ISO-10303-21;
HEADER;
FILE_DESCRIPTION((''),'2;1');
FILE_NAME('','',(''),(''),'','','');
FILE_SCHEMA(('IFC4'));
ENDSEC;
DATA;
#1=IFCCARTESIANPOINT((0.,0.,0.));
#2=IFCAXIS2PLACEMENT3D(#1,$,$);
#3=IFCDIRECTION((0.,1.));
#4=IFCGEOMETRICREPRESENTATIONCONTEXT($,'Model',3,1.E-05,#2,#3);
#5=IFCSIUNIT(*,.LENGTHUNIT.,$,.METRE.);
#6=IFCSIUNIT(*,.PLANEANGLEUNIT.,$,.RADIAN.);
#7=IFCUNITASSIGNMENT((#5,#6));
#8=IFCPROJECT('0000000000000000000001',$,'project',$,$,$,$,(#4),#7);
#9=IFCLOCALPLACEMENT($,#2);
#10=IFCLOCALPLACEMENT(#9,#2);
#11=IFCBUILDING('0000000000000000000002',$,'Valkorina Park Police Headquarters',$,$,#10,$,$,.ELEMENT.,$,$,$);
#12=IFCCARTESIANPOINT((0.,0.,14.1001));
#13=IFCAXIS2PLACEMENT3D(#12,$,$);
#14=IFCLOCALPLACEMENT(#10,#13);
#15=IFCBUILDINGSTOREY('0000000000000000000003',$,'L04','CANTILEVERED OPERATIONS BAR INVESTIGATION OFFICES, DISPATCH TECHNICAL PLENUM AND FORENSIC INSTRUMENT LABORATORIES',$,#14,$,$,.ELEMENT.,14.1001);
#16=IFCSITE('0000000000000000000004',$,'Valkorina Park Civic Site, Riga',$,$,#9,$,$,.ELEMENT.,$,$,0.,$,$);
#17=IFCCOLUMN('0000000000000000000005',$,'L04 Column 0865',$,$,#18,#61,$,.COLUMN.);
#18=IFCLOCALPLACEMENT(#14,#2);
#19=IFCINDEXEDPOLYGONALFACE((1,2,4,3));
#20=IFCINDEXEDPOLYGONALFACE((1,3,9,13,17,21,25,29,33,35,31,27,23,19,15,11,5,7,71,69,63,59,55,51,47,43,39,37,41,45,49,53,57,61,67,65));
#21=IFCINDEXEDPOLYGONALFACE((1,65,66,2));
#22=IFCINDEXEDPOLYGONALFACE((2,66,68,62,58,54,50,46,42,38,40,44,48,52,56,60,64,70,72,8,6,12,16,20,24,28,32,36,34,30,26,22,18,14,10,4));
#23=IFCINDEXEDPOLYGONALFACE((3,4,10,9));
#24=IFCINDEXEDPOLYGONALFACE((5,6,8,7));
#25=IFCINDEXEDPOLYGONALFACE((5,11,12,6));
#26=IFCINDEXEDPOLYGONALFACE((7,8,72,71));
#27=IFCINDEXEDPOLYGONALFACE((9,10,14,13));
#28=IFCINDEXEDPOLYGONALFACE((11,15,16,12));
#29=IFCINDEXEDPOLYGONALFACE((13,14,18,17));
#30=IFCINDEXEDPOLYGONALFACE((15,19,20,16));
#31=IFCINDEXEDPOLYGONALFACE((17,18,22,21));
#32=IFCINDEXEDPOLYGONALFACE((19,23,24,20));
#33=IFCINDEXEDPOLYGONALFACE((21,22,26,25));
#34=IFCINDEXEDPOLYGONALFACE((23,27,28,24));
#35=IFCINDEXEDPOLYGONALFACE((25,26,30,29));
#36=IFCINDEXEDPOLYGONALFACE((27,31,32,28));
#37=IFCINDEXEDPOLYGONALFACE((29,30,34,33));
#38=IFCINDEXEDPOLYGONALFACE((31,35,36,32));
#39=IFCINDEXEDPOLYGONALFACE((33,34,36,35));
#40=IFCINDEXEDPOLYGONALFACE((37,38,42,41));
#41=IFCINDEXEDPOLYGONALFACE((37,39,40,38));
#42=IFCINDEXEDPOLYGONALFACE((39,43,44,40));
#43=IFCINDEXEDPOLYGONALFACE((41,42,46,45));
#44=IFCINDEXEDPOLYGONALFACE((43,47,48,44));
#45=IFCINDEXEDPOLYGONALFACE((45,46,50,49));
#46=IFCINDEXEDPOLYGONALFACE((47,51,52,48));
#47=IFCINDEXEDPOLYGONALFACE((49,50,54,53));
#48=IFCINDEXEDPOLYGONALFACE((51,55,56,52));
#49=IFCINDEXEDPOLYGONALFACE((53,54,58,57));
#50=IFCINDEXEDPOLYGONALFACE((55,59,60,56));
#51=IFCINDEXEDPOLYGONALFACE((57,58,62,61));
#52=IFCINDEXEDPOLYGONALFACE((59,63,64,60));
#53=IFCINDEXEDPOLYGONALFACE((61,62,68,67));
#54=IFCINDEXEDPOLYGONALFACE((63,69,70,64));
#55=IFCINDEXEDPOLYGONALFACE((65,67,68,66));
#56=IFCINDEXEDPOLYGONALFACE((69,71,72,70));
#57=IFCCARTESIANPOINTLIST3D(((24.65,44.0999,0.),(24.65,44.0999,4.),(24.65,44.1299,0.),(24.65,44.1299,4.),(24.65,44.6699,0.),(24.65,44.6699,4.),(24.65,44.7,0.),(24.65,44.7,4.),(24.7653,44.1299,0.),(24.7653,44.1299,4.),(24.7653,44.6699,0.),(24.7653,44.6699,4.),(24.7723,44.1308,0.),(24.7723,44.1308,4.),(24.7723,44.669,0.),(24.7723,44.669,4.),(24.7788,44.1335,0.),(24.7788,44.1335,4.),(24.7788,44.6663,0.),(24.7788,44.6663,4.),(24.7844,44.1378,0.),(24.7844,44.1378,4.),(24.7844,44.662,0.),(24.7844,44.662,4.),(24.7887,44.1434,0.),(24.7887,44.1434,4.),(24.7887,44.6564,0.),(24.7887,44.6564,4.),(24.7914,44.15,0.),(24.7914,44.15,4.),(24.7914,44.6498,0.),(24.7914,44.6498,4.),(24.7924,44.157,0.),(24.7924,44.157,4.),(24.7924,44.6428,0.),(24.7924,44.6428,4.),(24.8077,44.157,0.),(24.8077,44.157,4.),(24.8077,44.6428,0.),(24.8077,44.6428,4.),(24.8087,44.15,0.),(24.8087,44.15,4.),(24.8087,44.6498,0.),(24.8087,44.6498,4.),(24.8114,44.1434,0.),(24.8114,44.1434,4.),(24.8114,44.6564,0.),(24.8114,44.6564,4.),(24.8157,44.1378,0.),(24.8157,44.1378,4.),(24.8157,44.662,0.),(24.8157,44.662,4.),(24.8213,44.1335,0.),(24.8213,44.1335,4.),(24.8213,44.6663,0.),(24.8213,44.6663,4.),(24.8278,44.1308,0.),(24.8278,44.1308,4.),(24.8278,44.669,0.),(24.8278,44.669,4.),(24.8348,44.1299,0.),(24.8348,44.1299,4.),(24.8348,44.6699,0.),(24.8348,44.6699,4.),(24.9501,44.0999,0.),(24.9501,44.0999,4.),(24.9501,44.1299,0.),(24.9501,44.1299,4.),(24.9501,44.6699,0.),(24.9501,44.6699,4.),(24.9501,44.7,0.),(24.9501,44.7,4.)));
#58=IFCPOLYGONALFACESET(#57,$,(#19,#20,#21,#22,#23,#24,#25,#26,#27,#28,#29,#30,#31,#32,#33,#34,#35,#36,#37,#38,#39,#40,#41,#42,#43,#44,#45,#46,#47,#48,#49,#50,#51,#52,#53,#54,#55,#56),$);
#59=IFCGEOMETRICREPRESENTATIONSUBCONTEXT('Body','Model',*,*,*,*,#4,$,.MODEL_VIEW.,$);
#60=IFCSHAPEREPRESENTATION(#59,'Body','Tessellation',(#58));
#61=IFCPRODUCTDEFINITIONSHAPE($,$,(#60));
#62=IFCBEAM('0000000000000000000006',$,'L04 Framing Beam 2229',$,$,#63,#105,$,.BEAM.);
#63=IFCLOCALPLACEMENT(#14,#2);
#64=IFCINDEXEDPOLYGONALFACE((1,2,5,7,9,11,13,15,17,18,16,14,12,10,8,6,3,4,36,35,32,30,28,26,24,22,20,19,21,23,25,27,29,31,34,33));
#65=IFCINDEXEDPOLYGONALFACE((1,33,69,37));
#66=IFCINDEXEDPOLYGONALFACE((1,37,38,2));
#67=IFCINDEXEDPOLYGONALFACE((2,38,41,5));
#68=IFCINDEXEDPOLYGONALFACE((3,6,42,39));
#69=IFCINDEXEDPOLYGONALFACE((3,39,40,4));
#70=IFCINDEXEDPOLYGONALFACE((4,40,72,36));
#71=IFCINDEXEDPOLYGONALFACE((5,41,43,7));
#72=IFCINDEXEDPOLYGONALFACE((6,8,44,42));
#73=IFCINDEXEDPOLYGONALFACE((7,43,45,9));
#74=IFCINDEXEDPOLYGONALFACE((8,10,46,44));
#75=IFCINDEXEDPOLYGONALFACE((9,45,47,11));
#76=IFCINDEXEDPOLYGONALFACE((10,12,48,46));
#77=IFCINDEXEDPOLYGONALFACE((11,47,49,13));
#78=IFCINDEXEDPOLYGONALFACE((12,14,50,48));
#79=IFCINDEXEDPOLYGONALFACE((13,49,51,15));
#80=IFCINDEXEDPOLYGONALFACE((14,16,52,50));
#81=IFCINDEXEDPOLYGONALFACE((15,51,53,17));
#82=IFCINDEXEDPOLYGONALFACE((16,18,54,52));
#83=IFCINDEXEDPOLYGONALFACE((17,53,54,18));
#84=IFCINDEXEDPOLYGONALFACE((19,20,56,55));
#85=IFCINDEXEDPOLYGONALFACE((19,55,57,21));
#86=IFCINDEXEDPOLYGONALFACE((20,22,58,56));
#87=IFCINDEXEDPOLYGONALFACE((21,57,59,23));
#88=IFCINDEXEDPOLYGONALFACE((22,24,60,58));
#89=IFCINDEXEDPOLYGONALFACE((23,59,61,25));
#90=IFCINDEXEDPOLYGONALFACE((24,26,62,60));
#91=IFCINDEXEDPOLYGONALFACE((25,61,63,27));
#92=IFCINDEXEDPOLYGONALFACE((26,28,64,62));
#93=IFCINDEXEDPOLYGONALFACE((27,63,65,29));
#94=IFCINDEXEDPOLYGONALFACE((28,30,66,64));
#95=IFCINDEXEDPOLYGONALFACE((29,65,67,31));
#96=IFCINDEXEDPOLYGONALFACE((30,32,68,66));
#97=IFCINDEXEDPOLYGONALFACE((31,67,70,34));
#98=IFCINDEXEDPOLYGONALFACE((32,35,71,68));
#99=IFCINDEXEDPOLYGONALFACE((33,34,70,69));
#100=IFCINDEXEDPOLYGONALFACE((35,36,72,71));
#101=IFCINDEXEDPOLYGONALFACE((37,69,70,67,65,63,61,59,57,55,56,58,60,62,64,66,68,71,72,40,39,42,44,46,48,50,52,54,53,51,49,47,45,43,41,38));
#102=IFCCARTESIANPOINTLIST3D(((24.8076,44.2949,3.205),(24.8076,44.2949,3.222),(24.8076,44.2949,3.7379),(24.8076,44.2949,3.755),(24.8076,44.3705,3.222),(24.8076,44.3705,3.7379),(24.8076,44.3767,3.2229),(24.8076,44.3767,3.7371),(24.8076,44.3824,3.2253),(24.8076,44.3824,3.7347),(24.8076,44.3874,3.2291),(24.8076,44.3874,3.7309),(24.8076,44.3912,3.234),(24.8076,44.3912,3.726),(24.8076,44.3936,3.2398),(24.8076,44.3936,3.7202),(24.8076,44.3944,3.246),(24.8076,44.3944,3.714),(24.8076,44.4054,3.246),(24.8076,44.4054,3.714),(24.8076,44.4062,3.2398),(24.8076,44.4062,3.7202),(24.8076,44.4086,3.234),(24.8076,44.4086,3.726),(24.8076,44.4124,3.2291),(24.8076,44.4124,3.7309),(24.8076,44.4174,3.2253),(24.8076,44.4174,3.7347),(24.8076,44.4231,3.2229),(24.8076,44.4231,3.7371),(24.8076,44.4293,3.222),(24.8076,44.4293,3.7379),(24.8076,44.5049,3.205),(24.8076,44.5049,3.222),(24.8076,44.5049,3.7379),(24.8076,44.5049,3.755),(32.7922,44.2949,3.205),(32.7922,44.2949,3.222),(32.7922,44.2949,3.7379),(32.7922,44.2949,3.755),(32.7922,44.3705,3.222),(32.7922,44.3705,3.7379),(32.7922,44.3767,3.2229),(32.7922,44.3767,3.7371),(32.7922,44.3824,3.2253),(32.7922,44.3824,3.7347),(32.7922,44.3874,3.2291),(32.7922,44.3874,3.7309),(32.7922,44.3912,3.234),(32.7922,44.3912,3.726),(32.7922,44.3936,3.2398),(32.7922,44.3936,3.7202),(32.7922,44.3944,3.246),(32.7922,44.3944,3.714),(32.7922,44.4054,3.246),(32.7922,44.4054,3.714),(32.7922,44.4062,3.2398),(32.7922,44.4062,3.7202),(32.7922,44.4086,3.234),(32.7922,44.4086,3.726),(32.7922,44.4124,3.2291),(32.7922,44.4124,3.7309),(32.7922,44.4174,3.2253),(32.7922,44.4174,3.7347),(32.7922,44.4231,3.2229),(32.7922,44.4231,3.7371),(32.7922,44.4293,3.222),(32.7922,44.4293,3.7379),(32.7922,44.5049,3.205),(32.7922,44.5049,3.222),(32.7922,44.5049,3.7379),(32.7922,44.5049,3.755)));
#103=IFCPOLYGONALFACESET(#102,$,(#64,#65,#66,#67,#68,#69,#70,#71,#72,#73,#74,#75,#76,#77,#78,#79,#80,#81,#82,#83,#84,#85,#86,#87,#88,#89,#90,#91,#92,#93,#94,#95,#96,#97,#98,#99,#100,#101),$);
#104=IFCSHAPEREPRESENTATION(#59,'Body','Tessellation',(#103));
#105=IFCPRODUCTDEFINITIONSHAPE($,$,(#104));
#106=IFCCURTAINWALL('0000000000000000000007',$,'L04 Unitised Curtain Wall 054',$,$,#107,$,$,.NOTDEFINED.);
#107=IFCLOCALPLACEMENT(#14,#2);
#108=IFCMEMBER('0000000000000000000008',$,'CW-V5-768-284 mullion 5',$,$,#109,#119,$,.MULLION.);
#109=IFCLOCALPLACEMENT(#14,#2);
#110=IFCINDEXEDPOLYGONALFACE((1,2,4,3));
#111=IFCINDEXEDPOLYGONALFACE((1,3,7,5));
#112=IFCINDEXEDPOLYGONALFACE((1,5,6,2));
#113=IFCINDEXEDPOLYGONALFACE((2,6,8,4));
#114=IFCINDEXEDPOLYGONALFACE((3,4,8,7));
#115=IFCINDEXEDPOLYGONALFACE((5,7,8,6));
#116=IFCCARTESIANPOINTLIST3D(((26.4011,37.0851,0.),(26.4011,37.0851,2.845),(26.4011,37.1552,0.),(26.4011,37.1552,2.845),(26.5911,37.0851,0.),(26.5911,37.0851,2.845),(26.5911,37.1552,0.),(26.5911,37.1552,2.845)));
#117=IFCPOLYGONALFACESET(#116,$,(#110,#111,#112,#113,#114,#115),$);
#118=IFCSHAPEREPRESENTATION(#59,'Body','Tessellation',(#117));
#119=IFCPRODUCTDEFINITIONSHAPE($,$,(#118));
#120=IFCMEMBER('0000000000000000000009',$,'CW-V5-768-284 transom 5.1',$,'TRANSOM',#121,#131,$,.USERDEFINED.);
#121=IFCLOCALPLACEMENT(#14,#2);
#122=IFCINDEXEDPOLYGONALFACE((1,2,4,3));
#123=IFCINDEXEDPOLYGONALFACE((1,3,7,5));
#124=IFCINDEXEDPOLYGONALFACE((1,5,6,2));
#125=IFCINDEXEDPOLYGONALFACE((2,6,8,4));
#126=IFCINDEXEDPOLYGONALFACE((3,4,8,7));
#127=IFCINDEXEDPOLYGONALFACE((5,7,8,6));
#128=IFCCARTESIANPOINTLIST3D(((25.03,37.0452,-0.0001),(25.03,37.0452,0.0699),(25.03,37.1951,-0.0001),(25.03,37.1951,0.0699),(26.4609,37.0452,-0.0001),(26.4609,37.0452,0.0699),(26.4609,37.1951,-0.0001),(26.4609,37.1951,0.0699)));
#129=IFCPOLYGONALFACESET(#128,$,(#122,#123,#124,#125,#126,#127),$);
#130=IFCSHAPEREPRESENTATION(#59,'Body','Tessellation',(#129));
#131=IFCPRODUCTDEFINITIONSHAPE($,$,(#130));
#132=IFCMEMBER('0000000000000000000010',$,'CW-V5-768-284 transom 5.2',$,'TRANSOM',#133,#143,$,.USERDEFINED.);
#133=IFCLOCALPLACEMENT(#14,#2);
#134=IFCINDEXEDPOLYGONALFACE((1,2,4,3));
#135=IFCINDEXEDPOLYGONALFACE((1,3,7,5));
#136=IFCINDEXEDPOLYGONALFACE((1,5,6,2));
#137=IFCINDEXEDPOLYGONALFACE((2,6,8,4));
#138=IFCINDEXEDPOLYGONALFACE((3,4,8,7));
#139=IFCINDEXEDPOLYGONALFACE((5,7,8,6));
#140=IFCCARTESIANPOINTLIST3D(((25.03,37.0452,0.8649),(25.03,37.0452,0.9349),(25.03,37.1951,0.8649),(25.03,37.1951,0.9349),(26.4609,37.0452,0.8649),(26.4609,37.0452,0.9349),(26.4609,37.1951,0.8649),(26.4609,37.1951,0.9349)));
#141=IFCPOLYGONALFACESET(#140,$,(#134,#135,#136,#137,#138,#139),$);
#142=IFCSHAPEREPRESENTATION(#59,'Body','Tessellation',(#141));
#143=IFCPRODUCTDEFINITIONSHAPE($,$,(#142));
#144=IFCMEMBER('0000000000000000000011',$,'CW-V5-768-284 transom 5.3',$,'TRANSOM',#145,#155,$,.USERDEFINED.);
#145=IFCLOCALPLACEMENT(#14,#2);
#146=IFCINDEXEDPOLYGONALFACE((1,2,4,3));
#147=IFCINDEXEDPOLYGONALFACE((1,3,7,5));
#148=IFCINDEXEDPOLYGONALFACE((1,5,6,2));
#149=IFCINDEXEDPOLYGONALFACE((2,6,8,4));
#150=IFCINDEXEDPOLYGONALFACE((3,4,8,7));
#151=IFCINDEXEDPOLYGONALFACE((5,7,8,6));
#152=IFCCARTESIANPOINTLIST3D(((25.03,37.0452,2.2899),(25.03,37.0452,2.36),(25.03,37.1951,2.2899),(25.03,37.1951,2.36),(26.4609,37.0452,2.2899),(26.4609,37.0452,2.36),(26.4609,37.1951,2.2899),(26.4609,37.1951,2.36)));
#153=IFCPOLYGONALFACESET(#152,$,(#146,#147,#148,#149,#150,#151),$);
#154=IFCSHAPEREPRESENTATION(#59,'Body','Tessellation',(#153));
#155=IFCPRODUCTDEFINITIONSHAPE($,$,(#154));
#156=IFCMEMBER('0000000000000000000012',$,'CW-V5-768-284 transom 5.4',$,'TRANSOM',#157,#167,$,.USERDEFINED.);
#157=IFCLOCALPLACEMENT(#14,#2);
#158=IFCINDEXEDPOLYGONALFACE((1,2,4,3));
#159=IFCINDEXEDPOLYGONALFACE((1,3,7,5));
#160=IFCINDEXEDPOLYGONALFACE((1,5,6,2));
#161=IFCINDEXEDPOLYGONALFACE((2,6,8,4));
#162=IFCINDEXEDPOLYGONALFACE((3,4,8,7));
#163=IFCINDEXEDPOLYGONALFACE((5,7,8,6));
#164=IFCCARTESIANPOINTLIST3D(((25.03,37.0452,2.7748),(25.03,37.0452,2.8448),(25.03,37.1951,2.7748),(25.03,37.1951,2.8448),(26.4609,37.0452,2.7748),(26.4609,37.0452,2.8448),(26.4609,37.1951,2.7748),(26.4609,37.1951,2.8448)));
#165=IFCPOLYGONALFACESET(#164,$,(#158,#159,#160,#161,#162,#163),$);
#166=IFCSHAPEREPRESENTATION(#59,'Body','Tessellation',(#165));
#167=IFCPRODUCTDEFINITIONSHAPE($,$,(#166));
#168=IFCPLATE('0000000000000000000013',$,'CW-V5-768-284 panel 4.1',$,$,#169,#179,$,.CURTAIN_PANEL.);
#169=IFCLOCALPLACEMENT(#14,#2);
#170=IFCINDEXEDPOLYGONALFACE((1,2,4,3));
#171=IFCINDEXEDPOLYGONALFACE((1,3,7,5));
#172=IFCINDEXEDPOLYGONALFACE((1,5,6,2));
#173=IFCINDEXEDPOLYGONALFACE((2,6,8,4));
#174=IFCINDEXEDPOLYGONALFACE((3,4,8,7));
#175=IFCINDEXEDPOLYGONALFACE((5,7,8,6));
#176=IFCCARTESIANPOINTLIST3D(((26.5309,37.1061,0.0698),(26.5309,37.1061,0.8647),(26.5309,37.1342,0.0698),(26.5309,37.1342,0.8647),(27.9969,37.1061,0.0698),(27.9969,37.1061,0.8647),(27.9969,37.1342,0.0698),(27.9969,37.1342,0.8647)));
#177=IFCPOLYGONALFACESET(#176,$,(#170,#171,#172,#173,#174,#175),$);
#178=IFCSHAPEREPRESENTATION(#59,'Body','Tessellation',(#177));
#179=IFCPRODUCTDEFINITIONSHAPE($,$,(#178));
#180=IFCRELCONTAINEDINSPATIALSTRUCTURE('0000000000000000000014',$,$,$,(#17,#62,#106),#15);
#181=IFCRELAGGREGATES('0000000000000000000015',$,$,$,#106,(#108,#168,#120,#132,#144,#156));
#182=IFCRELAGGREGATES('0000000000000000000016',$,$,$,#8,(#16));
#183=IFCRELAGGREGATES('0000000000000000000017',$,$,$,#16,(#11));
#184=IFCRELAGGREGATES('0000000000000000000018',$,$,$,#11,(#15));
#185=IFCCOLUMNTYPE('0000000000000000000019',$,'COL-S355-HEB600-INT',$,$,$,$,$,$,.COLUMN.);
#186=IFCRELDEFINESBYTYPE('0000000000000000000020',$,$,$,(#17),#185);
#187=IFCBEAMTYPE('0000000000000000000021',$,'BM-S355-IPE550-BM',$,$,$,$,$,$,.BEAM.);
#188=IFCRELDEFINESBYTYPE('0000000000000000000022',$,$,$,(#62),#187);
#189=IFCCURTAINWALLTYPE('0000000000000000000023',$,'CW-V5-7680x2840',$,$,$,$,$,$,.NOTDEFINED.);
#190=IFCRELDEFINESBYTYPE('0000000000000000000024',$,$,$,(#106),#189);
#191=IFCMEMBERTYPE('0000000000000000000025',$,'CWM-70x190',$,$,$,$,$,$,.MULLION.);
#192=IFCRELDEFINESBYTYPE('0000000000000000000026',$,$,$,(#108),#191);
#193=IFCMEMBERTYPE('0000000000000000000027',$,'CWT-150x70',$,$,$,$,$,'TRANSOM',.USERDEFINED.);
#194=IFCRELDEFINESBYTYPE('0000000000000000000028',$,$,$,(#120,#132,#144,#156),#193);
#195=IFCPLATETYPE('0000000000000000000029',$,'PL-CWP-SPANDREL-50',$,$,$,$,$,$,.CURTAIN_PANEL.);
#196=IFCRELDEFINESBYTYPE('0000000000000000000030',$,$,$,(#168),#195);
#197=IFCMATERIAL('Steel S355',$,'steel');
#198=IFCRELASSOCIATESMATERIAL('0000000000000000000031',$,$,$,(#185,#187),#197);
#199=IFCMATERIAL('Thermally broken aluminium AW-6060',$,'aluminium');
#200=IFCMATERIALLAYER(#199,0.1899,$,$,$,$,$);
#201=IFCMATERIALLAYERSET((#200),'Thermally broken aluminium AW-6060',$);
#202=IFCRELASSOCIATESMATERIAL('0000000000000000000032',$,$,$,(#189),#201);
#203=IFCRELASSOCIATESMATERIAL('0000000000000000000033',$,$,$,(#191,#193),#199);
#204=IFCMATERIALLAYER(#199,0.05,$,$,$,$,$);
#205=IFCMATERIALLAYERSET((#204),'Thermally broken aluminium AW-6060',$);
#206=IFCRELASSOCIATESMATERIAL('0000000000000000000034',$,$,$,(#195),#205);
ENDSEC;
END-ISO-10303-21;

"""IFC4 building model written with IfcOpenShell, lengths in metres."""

from ifc_helpers import new_model, si_unit, direction, frame, origin, origin_2d, place, context, subcontext, project, spatial, rectangle, i_section, extrude, material, layer, layer_set, material_profile, profile_set, type_object, element, aggregate, save


model = new_model("IFC4")

# Units and contexts
model_context = context("Model", 3, precision=1e-05, world=origin(), true_north=direction((0.0, 1.0)))
body_context = subcontext(model_context, "Body", "Model", "MODEL_VIEW")
ifc_project = project(units=[si_unit("LENGTHUNIT", "METRE"), si_unit("PLANEANGLEUNIT", "RADIAN")], contexts=[model_context])

# Site, building, storey
site_placement = place(None, origin())
site = spatial("IfcSite", under=ifc_project, at=site_placement, Name="Valkorina Park Civic Site, Riga", CompositionType="ELEMENT", RefElevation=0.0)
building_placement = place(site_placement, origin())
building = spatial("IfcBuilding", under=site, at=building_placement, Name="Valkorina Park Police Headquarters", CompositionType="ELEMENT")
storey_placement = place(building_placement, frame((0.0, 0.0, 14.1001)))
storey = spatial("IfcBuildingStorey", under=building, at=storey_placement, Name="L04", Description="CANTILEVERED OPERATIONS BAR INVESTIGATION OFFICES, DISPATCH TECHNICAL PLENUM AND FORENSIC INSTRUMENT LABORATORIES", CompositionType="ELEMENT", Elevation=14.1001)

# Column
ifc_material_1 = material(Name="Steel S355", Category="steel")
ifc_material_profile_1 = material_profile(ifc_material_1, i_section(OverallWidth=0.3, OverallDepth=0.6001, WebThickness=0.0154, FlangeThickness=0.03, FilletRadius=0.0271, at=origin_2d()), Name="HEB 600")
ifc_profile_set_1 = profile_set([ifc_material_profile_1], Name="Steel S355")
column_type = type_object("IfcColumnType", Name="COL-S355-HEB600-INT", PredefinedType="COLUMN", material=ifc_profile_set_1)
column_placement = place(storey_placement, frame((24.8, 44.3999, 0.0), z_axis=(0.0, 0.0, 1.0), x_axis=(1.0, 0.0, 0.0)))
element("IfcColumn", 1, at=column_placement, inside=storey, type_object=column_type, Name="L04 Column 0865", PredefinedType="COLUMN", context=body_context, shape_type="SweptSolid", body=[
    extrude(i_section(OverallWidth=0.3, OverallDepth=0.6001, WebThickness=0.0154, FlangeThickness=0.03, FilletRadius=0.0271, at=origin_2d()), origin(), (0.0, 0.0, 1.0), 4.0),
])

# Beam
ifc_material_profile_2 = material_profile(ifc_material_1, i_section(OverallWidth=0.21, OverallDepth=0.55, WebThickness=0.011, FlangeThickness=0.0171, FilletRadius=0.0239, at=origin_2d()), Name="IPE 550")
ifc_profile_set_2 = profile_set([ifc_material_profile_2], Name="Steel S355")
beam_type = type_object("IfcBeamType", Name="BM-S355-IPE550-BM", PredefinedType="BEAM", material=ifc_profile_set_2)
beam_placement = place(storey_placement, frame((24.8076, 44.3999, 3.48), z_axis=(1.0, 0.0, 0.0), x_axis=(0.0, 1.0, 0.0)))
element("IfcBeam", 2, at=beam_placement, inside=storey, type_object=beam_type, Name="L04 Framing Beam 2229", PredefinedType="BEAM", context=body_context, shape_type="SweptSolid", body=[
    extrude(i_section(OverallWidth=0.21, OverallDepth=0.55, WebThickness=0.011, FlangeThickness=0.0171, FilletRadius=0.0239, at=origin_2d()), origin(), (0.0, 0.0, 1.0), 7.9846),
])

# Curtain wall, members, plate
ifc_material_2 = material(Name="Thermally broken aluminium AW-6060", Category="aluminium")
ifc_layer_1 = layer(ifc_material_2, 0.1899)
ifc_layer_set_1 = layer_set([ifc_layer_1], Name="Thermally broken aluminium AW-6060")
curtain_wall_type = type_object("IfcCurtainWallType", Name="CW-V5-7680x2840", PredefinedType="NOTDEFINED", material=ifc_layer_set_1)
curtain_wall_placement = place(storey_placement, origin())
curtain_wall = element("IfcCurtainWall", 3, at=curtain_wall_placement, inside=storey, type_object=curtain_wall_type, Name="L04 Unitised Curtain Wall 054", PredefinedType="NOTDEFINED")
ifc_material_profile_3 = material_profile(ifc_material_2, rectangle(XDim=0.0701, YDim=0.1899, at=origin_2d()), Name="CWM-02 70x190")
ifc_profile_set_3 = profile_set([ifc_material_profile_3], Name="Thermally broken aluminium AW-6060")
member_type_1 = type_object("IfcMemberType", Name="CWM-70x190", PredefinedType="MULLION", material=ifc_profile_set_3)
member_1_placement = place(storey_placement, frame((26.4961, 37.1201, 0.0), z_axis=(0.0, 0.0, 1.0), x_axis=(0.0, -1.0, 0.0)))
member_1 = element("IfcMember", 4, at=member_1_placement, type_object=member_type_1, Name="CW-V5-768-284 mullion 5", PredefinedType="MULLION", context=body_context, shape_type="SweptSolid", body=[
    extrude(rectangle(XDim=0.0701, YDim=0.1899, at=origin_2d()), origin(), (0.0, 0.0, 1.0), 2.845),
])
ifc_material_profile_4 = material_profile(ifc_material_2, rectangle(XDim=0.1499, YDim=0.0701, at=origin_2d()), Name="CWT-02 150x70")
ifc_profile_set_4 = profile_set([ifc_material_profile_4], Name="Thermally broken aluminium AW-6060")
member_type_2 = type_object("IfcMemberType", Name="CWT-150x70", ElementType="TRANSOM", PredefinedType="USERDEFINED", material=ifc_profile_set_4)
member_2_placement = place(storey_placement, frame((26.4609, 37.1201, 0.0349), z_axis=(-1.0, 0.0, 0.0), x_axis=(0.0, -1.0, 0.0)))
member_2 = element("IfcMember", 5, at=member_2_placement, type_object=member_type_2, Name="CW-V5-768-284 transom 5.1", ObjectType="TRANSOM", PredefinedType="USERDEFINED", context=body_context, shape_type="SweptSolid", body=[
    extrude(rectangle(XDim=0.1499, YDim=0.0701, at=origin_2d()), origin(), (0.0, 0.0, 1.0), 1.4309),
])
member_3_placement = place(storey_placement, frame((26.4609, 37.1201, 0.8999), z_axis=(-1.0, 0.0, 0.0), x_axis=(0.0, -1.0, 0.0)))
member_3 = element("IfcMember", 6, at=member_3_placement, type_object=member_type_2, Name="CW-V5-768-284 transom 5.2", ObjectType="TRANSOM", PredefinedType="USERDEFINED", context=body_context, shape_type="SweptSolid", body=[
    extrude(rectangle(XDim=0.1499, YDim=0.0701, at=origin_2d()), origin(), (0.0, 0.0, 1.0), 1.4309),
])
member_4_placement = place(storey_placement, frame((26.4609, 37.1201, 2.325), z_axis=(-1.0, 0.0, 0.0), x_axis=(0.0, -1.0, 0.0)))
member_4 = element("IfcMember", 7, at=member_4_placement, type_object=member_type_2, Name="CW-V5-768-284 transom 5.3", ObjectType="TRANSOM", PredefinedType="USERDEFINED", context=body_context, shape_type="SweptSolid", body=[
    extrude(rectangle(XDim=0.1499, YDim=0.0701, at=origin_2d()), origin(), (0.0, 0.0, 1.0), 1.4309),
])
member_5_placement = place(storey_placement, frame((26.4609, 37.1201, 2.8098), z_axis=(-1.0, 0.0, 0.0), x_axis=(0.0, -1.0, 0.0)))
member_5 = element("IfcMember", 8, at=member_5_placement, type_object=member_type_2, Name="CW-V5-768-284 transom 5.4", ObjectType="TRANSOM", PredefinedType="USERDEFINED", context=body_context, shape_type="SweptSolid", body=[
    extrude(rectangle(XDim=0.1499, YDim=0.0701, at=origin_2d()), origin(), (0.0, 0.0, 1.0), 1.4309),
])
ifc_layer_2 = layer(ifc_material_2, 0.05)
ifc_layer_set_2 = layer_set([ifc_layer_2], Name="Thermally broken aluminium AW-6060")
plate_type_1 = type_object("IfcPlateType", Name="PL-CWP-SPANDREL-50", PredefinedType="CURTAIN_PANEL", material=ifc_layer_set_2)
plate_1_placement = place(storey_placement, frame((27.2639, 37.1201, 0.0698), z_axis=(0.0, 0.0, 1.0), x_axis=(-1.0, 0.0, 0.0)))
plate_1 = element("IfcPlate", 9, at=plate_1_placement, type_object=plate_type_1, Name="CW-V5-768-284 panel 4.1", PredefinedType="CURTAIN_PANEL", context=body_context, shape_type="SweptSolid", body=[
    extrude(rectangle(XDim=1.4661, YDim=0.0281, at=origin_2d()), origin(), (0.0, 0.0, 1.0), 0.7949),
])
aggregate(curtain_wall, [member_1, plate_1, member_2, member_3, member_4, member_5])

save(model, "model.ifc")
